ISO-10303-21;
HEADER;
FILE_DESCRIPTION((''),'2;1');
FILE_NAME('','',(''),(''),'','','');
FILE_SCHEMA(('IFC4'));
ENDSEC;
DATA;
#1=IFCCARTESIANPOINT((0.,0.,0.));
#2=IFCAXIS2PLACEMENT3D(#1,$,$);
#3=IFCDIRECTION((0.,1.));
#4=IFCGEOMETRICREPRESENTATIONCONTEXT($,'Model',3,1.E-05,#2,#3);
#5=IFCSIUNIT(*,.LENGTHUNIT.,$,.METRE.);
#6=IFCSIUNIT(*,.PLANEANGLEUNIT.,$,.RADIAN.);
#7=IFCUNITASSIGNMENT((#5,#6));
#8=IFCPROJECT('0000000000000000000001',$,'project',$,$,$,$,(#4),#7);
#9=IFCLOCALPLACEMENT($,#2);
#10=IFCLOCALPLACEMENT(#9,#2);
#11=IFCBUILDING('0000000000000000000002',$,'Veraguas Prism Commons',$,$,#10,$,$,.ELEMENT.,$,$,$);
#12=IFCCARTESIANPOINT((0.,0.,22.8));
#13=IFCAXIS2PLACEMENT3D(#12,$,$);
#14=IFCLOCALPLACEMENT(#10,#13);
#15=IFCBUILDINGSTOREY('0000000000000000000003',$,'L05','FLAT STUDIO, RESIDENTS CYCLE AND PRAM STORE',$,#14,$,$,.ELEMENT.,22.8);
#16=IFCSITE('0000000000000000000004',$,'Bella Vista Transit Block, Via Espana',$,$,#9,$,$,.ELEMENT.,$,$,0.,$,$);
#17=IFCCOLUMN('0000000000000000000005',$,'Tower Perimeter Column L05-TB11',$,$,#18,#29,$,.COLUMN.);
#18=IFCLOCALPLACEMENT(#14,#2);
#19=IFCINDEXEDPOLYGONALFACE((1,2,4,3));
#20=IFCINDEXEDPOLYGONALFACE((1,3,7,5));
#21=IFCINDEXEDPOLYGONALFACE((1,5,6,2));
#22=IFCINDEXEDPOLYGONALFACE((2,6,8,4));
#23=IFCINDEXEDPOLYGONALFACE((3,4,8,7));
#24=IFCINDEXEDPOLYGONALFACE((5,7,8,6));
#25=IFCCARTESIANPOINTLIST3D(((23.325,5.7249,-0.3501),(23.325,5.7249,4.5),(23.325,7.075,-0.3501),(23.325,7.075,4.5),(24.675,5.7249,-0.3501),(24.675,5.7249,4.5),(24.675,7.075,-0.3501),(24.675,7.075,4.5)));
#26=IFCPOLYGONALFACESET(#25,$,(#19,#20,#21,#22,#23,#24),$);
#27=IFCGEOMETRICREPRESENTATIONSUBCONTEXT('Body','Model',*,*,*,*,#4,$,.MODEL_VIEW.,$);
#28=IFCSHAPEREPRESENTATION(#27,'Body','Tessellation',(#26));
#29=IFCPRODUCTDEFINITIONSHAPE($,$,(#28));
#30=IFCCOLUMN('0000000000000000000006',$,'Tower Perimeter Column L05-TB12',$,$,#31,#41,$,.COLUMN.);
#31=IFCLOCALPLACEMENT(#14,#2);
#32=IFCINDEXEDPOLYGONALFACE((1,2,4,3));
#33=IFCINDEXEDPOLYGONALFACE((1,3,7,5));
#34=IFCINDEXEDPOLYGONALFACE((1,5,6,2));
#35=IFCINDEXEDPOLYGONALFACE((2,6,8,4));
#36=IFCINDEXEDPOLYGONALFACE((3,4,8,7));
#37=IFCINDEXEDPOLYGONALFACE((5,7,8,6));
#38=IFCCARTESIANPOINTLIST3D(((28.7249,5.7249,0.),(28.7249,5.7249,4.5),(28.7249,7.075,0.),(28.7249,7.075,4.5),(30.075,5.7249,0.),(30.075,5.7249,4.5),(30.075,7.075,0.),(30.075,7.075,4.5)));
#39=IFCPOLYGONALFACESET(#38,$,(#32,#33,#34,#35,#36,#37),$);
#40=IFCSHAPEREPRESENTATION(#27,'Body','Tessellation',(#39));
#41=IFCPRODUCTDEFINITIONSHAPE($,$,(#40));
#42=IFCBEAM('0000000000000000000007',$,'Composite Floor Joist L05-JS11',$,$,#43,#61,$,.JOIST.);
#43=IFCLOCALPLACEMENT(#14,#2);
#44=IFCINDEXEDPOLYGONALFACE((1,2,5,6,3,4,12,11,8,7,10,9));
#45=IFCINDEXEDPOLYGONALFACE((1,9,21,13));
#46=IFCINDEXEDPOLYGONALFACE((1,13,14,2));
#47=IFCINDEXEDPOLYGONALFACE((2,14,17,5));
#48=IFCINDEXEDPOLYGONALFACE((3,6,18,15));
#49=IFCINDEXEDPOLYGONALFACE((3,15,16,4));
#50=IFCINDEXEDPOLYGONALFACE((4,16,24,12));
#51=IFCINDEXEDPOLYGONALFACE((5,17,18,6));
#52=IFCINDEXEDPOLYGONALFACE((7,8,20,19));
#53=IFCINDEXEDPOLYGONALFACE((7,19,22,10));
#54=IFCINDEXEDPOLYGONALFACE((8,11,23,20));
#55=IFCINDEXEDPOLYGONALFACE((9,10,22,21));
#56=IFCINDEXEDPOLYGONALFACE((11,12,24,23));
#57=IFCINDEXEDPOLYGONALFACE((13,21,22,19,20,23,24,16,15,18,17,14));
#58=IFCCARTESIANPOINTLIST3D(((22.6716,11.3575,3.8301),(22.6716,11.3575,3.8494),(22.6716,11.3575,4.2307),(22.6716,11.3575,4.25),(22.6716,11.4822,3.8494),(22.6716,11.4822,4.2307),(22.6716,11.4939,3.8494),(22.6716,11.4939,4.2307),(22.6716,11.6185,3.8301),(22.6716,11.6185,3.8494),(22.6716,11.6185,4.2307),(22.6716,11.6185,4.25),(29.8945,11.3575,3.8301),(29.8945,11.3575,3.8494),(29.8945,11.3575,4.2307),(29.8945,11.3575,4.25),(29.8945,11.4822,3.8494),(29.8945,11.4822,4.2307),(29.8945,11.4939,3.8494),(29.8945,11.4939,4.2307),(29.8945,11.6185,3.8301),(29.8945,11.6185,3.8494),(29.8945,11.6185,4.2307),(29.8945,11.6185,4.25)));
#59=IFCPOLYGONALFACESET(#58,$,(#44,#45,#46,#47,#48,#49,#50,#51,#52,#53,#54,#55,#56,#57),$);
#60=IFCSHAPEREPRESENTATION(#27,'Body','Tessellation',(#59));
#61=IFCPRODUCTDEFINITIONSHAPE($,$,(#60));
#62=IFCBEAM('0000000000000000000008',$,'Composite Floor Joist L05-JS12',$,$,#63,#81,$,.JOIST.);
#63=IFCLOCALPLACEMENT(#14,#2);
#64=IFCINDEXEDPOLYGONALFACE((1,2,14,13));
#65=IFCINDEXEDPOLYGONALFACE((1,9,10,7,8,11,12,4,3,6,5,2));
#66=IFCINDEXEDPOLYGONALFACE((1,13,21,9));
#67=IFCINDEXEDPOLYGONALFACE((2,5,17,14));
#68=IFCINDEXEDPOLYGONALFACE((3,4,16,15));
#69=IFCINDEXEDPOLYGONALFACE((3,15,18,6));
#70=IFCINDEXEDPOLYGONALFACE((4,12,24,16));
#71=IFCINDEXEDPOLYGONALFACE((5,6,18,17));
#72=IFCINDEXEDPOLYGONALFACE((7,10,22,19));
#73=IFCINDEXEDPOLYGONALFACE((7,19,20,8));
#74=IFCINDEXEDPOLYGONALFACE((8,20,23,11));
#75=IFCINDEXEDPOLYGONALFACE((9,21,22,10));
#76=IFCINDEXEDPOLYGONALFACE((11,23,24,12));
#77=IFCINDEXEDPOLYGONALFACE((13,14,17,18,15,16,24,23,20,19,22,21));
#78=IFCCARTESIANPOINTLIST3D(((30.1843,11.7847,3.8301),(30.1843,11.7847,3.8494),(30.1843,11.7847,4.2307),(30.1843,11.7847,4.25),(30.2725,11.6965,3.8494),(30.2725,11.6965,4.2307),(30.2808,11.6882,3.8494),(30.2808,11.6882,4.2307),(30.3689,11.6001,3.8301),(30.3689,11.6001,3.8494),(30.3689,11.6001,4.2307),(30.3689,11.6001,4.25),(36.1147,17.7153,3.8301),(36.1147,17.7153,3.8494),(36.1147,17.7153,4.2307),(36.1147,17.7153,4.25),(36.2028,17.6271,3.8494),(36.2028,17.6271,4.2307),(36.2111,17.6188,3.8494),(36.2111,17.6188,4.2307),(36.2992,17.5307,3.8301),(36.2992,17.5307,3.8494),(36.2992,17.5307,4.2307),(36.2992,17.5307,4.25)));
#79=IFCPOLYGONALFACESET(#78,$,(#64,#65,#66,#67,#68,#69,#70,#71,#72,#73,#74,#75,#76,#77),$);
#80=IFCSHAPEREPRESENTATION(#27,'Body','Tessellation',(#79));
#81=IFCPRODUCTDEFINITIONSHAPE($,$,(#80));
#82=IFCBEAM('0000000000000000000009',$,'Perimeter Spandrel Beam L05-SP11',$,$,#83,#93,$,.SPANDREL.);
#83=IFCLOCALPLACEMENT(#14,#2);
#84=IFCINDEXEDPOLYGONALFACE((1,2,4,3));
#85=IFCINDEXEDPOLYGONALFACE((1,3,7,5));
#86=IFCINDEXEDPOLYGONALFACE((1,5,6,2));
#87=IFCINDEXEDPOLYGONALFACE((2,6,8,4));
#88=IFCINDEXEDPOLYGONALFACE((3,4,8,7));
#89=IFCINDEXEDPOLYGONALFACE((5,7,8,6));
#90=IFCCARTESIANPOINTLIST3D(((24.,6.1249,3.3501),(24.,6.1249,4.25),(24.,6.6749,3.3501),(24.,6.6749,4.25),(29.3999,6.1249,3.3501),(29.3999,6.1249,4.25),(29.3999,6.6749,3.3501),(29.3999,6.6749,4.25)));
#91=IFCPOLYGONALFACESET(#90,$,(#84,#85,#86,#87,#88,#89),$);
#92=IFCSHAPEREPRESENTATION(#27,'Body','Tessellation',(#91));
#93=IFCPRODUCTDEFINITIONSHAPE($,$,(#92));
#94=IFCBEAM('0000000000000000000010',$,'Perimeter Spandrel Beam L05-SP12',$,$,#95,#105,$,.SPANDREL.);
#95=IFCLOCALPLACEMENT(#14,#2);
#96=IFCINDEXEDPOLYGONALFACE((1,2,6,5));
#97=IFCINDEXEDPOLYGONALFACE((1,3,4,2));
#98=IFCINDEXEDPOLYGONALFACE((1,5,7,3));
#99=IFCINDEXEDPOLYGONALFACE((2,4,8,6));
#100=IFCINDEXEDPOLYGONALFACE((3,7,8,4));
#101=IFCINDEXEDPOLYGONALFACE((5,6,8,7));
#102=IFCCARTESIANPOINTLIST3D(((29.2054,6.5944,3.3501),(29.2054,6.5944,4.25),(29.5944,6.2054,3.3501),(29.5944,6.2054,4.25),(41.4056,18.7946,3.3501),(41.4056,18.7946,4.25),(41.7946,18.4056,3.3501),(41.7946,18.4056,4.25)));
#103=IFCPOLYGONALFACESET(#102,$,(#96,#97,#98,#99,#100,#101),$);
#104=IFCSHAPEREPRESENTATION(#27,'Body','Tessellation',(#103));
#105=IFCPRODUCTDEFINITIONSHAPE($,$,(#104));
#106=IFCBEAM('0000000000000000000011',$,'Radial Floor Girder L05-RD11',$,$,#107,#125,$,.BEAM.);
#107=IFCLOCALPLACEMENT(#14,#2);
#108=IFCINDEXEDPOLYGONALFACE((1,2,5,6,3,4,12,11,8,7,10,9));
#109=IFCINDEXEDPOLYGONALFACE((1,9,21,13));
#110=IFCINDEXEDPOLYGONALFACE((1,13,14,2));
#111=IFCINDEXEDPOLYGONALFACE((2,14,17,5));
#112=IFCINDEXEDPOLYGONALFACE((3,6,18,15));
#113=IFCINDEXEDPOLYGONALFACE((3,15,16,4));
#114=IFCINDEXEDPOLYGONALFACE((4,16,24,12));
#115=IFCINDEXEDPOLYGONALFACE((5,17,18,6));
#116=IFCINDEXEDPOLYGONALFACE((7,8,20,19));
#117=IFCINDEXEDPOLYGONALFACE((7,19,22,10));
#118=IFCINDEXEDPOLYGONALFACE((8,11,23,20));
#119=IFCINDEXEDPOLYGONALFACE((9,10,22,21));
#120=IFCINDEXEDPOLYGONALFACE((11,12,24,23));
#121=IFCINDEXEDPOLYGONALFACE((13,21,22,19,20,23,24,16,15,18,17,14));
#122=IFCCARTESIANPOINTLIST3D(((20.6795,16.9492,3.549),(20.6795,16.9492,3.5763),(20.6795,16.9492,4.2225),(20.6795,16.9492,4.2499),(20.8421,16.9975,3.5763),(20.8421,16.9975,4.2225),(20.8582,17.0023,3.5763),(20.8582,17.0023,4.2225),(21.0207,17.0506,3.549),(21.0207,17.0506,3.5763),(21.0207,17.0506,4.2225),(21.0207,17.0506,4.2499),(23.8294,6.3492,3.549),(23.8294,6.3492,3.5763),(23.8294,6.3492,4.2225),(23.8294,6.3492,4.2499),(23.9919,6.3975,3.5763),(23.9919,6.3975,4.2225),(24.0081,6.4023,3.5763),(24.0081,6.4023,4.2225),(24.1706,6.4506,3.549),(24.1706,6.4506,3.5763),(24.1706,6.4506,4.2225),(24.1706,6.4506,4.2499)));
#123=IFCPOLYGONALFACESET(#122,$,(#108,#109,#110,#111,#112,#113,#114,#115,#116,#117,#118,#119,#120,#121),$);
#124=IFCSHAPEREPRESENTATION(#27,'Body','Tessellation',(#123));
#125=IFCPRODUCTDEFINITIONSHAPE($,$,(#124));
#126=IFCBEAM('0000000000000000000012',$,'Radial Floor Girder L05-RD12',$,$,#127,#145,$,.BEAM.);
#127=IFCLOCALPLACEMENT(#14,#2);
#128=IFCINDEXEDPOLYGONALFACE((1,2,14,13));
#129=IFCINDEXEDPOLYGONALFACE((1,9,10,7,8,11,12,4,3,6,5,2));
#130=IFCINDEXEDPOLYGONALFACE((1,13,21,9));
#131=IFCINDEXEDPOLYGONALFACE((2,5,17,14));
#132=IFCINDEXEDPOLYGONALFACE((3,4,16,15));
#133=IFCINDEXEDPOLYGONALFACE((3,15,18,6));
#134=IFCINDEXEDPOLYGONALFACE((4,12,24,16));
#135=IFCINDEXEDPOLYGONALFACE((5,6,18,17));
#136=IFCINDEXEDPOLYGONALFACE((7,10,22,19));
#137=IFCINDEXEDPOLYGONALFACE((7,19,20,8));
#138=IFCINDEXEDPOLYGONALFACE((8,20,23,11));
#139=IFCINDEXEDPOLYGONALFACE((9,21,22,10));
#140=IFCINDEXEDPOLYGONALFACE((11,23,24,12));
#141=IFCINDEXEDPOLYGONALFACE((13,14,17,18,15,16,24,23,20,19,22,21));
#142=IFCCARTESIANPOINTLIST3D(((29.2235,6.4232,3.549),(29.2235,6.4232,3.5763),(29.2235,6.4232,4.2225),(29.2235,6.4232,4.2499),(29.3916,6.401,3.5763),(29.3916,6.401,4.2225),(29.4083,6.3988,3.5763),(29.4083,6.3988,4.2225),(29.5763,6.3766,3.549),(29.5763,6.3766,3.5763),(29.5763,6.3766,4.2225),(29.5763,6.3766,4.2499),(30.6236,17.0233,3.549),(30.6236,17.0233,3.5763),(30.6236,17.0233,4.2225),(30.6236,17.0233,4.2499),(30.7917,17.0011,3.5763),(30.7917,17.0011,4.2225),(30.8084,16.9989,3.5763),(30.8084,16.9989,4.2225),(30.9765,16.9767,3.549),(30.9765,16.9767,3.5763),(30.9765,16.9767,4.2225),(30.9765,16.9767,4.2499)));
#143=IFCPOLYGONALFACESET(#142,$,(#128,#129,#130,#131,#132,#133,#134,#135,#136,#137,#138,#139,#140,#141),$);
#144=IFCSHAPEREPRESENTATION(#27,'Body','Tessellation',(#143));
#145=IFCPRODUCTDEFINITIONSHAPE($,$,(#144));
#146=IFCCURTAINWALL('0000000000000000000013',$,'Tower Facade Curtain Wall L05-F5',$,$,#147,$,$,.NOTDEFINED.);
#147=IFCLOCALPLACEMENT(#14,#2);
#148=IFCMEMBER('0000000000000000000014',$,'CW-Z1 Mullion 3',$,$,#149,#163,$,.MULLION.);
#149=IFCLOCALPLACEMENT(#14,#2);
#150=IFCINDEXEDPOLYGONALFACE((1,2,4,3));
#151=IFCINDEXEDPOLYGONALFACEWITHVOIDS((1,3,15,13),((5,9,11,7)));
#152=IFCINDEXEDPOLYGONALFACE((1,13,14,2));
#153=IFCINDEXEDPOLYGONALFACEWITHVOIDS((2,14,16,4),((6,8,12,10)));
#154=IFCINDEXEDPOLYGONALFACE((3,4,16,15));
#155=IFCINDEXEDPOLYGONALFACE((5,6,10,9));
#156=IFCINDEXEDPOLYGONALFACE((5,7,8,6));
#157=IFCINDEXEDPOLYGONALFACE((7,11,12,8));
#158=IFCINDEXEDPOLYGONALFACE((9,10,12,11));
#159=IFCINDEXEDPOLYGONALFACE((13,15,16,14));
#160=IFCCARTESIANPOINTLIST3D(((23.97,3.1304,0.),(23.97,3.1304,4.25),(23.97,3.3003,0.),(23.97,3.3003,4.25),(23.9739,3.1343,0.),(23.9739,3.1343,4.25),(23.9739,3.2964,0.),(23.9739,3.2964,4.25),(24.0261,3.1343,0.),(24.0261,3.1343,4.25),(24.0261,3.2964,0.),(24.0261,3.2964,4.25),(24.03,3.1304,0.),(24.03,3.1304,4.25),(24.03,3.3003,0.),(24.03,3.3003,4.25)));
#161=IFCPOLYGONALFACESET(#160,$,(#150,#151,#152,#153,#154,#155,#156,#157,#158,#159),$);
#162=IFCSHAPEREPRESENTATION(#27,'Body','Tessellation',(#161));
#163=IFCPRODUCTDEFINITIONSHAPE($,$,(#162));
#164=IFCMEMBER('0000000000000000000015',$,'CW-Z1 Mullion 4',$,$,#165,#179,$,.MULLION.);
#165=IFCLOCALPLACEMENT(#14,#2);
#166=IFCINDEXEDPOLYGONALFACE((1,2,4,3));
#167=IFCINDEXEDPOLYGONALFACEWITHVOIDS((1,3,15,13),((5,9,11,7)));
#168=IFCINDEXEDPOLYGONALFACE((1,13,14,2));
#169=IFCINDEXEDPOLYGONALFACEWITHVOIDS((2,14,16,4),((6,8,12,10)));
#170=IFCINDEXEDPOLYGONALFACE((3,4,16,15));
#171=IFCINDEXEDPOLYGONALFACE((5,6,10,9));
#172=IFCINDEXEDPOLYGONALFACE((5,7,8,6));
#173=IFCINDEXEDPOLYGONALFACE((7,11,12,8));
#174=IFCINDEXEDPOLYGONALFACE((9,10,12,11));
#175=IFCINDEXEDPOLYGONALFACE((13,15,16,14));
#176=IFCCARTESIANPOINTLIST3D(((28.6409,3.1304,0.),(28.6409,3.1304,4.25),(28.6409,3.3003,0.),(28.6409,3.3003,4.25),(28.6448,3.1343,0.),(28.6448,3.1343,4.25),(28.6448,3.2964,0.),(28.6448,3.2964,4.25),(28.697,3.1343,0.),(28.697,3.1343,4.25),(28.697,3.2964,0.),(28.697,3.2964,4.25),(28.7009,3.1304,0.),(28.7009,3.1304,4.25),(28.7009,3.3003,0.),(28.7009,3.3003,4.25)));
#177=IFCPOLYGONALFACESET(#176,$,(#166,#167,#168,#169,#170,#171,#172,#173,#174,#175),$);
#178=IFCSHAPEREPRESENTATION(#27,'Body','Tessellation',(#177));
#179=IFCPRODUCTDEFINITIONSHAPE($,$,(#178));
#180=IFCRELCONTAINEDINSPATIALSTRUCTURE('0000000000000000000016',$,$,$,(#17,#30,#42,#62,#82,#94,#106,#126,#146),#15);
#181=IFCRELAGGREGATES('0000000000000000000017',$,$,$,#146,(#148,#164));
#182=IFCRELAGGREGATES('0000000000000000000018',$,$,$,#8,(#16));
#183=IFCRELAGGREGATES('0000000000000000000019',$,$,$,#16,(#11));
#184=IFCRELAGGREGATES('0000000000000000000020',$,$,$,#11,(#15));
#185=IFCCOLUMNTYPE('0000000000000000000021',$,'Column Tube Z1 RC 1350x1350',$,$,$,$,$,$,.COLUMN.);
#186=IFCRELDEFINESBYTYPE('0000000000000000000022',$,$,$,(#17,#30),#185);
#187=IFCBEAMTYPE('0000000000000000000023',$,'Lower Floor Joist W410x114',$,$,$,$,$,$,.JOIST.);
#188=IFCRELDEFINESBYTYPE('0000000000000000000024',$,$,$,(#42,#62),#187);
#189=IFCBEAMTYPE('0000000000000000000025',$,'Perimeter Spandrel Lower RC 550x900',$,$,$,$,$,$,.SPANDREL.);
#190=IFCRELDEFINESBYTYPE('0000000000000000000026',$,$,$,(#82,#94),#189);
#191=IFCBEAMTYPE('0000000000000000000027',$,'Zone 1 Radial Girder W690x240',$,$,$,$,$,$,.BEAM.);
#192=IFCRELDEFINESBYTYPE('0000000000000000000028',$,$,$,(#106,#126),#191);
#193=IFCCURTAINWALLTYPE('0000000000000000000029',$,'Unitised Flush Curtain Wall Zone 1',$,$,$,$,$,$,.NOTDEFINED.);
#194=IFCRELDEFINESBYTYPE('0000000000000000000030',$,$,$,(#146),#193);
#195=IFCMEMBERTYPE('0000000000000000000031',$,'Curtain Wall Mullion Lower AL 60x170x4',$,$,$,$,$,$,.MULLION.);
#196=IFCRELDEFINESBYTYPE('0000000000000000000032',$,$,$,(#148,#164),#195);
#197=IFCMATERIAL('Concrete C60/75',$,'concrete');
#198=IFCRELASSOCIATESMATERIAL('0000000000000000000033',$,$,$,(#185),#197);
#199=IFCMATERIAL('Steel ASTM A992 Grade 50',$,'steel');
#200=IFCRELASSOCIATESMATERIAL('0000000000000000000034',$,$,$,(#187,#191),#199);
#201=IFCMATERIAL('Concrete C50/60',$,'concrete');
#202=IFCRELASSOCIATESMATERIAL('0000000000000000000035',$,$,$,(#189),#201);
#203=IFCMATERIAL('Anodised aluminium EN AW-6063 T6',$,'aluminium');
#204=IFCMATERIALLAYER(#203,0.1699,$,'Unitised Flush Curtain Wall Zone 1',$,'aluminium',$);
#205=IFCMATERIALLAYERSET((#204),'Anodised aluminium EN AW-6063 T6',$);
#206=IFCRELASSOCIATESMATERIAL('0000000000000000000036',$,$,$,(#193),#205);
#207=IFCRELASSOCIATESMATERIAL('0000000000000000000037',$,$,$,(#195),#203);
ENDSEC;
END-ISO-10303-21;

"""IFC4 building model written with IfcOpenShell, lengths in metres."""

from ifc_helpers import new_model, si_unit, direction, frame, origin, origin_2d, place, context, subcontext, project, spatial, rectangle, hollow_rectangle, i_section, extrude, source, transform, mapped, material, layer, layer_set, material_profile, profile_set, type_object, element, aggregate, save


model = new_model("IFC4")

# Units and contexts
model_context = context("Model", 3, precision=1e-05, world=origin(), true_north=direction((0.0, 1.0)))
body_context = subcontext(model_context, "Body", "Model", "MODEL_VIEW")
ifc_project = project(units=[si_unit("LENGTHUNIT", "METRE"), si_unit("PLANEANGLEUNIT", "RADIAN")], contexts=[model_context])

# Site, building, storey
site_placement = place(None, origin())
site = spatial("IfcSite", under=ifc_project, at=site_placement, Name="Bella Vista Transit Block, Via Espana", CompositionType="ELEMENT", RefElevation=0.0)
building_placement = place(site_placement, origin())
building = spatial("IfcBuilding", under=site, at=building_placement, Name="Veraguas Prism Commons", CompositionType="ELEMENT")
storey_placement = place(building_placement, frame((0.0, 0.0, 22.8)))
storey = spatial("IfcBuildingStorey", under=building, at=storey_placement, Name="L05", Description="FLAT STUDIO, RESIDENTS CYCLE AND PRAM STORE", CompositionType="ELEMENT", Elevation=22.8)

# Columns
ifc_material_1 = material(Name="Concrete C60/75", Category="concrete")
ifc_material_profile_1 = material_profile(ifc_material_1, rectangle(XDim=1.3501, YDim=1.3501, at=origin_2d()), Name="RC1350X1350")
ifc_profile_set_1 = profile_set([ifc_material_profile_1], Name="Concrete C60/75")
column_type = type_object("IfcColumnType", Name="Column Tube Z1 RC 1350x1350", PredefinedType="COLUMN", material=ifc_profile_set_1)
column_1_placement = place(storey_placement, frame((24.0, 6.3999, -0.3501), z_axis=(0.0, 0.0, 1.0), x_axis=(1.0, 0.0, 0.0)))
element("IfcColumn", 1, at=column_1_placement, inside=storey, type_object=column_type, Name="Tower Perimeter Column L05-TB11", PredefinedType="COLUMN", context=body_context, shape_type="SweptSolid", body=[
    extrude(rectangle(XDim=1.3501, YDim=1.3501, at=origin_2d()), origin(), (0.0, 0.0, 1.0), 4.8501),
])
column_2_placement = place(storey_placement, frame((29.3999, 6.3999, 0.0), z_axis=(0.0, 0.0, 1.0), x_axis=(1.0, 0.0, 0.0)))
element("IfcColumn", 2, at=column_2_placement, inside=storey, type_object=column_type, Name="Tower Perimeter Column L05-TB12", PredefinedType="COLUMN", context=body_context, shape_type="SweptSolid", body=[
    extrude(rectangle(XDim=1.3501, YDim=1.3501, at=origin_2d()), origin(), (0.0, 0.0, 1.0), 4.5),
])

# Beams
ifc_material_2 = material(Name="Steel ASTM A992 Grade 50", Category="steel")
ifc_material_profile_2 = material_profile(ifc_material_2, i_section(OverallWidth=0.261, OverallDepth=0.4199, WebThickness=0.0117, FlangeThickness=0.0193, at=origin_2d()), Name="W410X114")
ifc_profile_set_2 = profile_set([ifc_material_profile_2], Name="Steel ASTM A992 Grade 50")
beam_type_1 = type_object("IfcBeamType", Name="Lower Floor Joist W410x114", PredefinedType="JOIST", material=ifc_profile_set_2)
beam_1_placement = place(storey_placement, frame((22.6716, 11.488, 4.04), z_axis=(1.0, 0.0, 0.0), x_axis=(0.0, 1.0, 0.0)))
element("IfcBeam", 3, at=beam_1_placement, inside=storey, type_object=beam_type_1, Name="Composite Floor Joist L05-JS11", PredefinedType="JOIST", context=body_context, shape_type="SweptSolid", body=[
    extrude(i_section(OverallWidth=0.261, OverallDepth=0.4199, WebThickness=0.0117, FlangeThickness=0.0193, at=origin_2d()), origin(), (0.0, 0.0, 1.0), 7.2229),
])
beam_2_placement = place(storey_placement, frame((30.2766, 11.6924, 4.04), z_axis=(0.707092, 0.707121, 0.0), x_axis=(-0.707121, 0.707092, 0.0)))
element("IfcBeam", 4, at=beam_2_placement, inside=storey, type_object=beam_type_1, Name="Composite Floor Joist L05-JS12", PredefinedType="JOIST", context=body_context, shape_type="SweptSolid", body=[
    extrude(i_section(OverallWidth=0.261, OverallDepth=0.4199, WebThickness=0.0117, FlangeThickness=0.0193, at=origin_2d()), origin(), (0.0, 0.0, 1.0), 8.387),
])
ifc_material_3 = material(Name="Concrete C50/60", Category="concrete")
ifc_material_profile_3 = material_profile(ifc_material_3, rectangle(XDim=0.55, YDim=0.8999, at=origin_2d()), Name="RC550X900")
ifc_profile_set_3 = profile_set([ifc_material_profile_3], Name="Concrete C50/60")
beam_type_2 = type_object("IfcBeamType", Name="Perimeter Spandrel Lower RC 550x900", PredefinedType="SPANDREL", material=ifc_profile_set_3)
beam_3_placement = place(storey_placement, frame((24.0, 6.3999, 3.8), z_axis=(1.0, 0.0, 0.0), x_axis=(0.0, 1.0, 0.0)))
element("IfcBeam", 5, at=beam_3_placement, inside=storey, type_object=beam_type_2, Name="Perimeter Spandrel Beam L05-SP11", PredefinedType="SPANDREL", context=body_context, shape_type="SweptSolid", body=[
    extrude(rectangle(XDim=0.55, YDim=0.8999, at=origin_2d()), origin(), (0.0, 0.0, 1.0), 5.3999),
])
beam_4_placement = place(storey_placement, frame((29.3999, 6.3999, 3.8), z_axis=(0.707107, 0.707107, 0.0), x_axis=(-0.707107, 0.707107, 0.0)))
element("IfcBeam", 6, at=beam_4_placement, inside=storey, type_object=beam_type_2, Name="Perimeter Spandrel Beam L05-SP12", PredefinedType="SPANDREL", context=body_context, shape_type="SweptSolid", body=[
    extrude(rectangle(XDim=0.55, YDim=0.8999, at=origin_2d()), origin(), (0.0, 0.0, 1.0), 17.2537),
])
ifc_material_profile_4 = material_profile(ifc_material_2, i_section(OverallWidth=0.356, OverallDepth=0.7009, WebThickness=0.0168, FlangeThickness=0.0273, at=origin_2d()), Name="W690X240")
ifc_profile_set_4 = profile_set([ifc_material_profile_4], Name="Steel ASTM A992 Grade 50")
beam_type_3 = type_object("IfcBeamType", Name="Zone 1 Radial Girder W690x240", PredefinedType="BEAM", material=ifc_profile_set_4)
beam_5_placement = place(storey_placement, frame((24.0, 6.3999, 3.8994), z_axis=(-0.284847, 0.958573, 0.0), x_axis=(-0.958573, -0.284847, 0.0)))
element("IfcBeam", 7, at=beam_5_placement, inside=storey, type_object=beam_type_3, Name="Radial Floor Girder L05-RD11", PredefinedType="BEAM", context=body_context, shape_type="SweptSolid", body=[
    extrude(i_section(OverallWidth=0.356, OverallDepth=0.7009, WebThickness=0.0168, FlangeThickness=0.0273, at=origin_2d()), origin(), (0.0, 0.0, 1.0), 11.0581),
])
beam_6_placement = place(storey_placement, frame((29.3999, 6.3999, 3.8994), z_axis=(0.130951, 0.991389, 0.0), x_axis=(-0.991389, 0.130951, 0.0)))
element("IfcBeam", 8, at=beam_6_placement, inside=storey, type_object=beam_type_3, Name="Radial Floor Girder L05-RD12", PredefinedType="BEAM", context=body_context, shape_type="SweptSolid", body=[
    extrude(i_section(OverallWidth=0.356, OverallDepth=0.7009, WebThickness=0.0168, FlangeThickness=0.0273, at=origin_2d()), origin(), (0.0, 0.0, 1.0), 10.6921),
])

# Curtain wall, members
ifc_material_4 = material(Name="Anodised aluminium EN AW-6063 T6", Category="aluminium")
ifc_layer_1 = layer(ifc_material_4, 0.1699, Name="Unitised Flush Curtain Wall Zone 1", Category="aluminium")
ifc_layer_set_1 = layer_set([ifc_layer_1], Name="Anodised aluminium EN AW-6063 T6")
curtain_wall_type = type_object("IfcCurtainWallType", Name="Unitised Flush Curtain Wall Zone 1", PredefinedType="NOTDEFINED", material=ifc_layer_set_1)
curtain_wall_placement = place(storey_placement, origin())
curtain_wall = element("IfcCurtainWall", 9, at=curtain_wall_placement, inside=storey, type_object=curtain_wall_type, Name="Tower Facade Curtain Wall L05-F5", PredefinedType="NOTDEFINED")
ifc_material_profile_5 = material_profile(ifc_material_4, hollow_rectangle(XDim=0.0601, YDim=0.1699, WallThickness=0.0039, at=origin_2d()), Name="AL60X170X4")
ifc_profile_set_5 = profile_set([ifc_material_profile_5], Name="Anodised aluminium EN AW-6063 T6")
member_type = type_object("IfcMemberType", Name="Curtain Wall Mullion Lower AL 60x170x4", PredefinedType="MULLION", material=ifc_profile_set_5)
shared_shape_1 = source(origin(), body_context, "Body", "SweptSolid", [
    extrude(hollow_rectangle(XDim=0.0601, YDim=0.1699, WallThickness=0.0039, at=origin_2d()), origin(), (0.0, 0.0, 1.0), 4.25),
])
member_1_placement = place(storey_placement, frame((24.0, 3.2153, 0.0), z_axis=(0.0, 0.0, 1.0), x_axis=(1.0, 0.0, 0.0)))
member_1 = element("IfcMember", 10, at=member_1_placement, type_object=member_type, Name="CW-Z1 Mullion 3", PredefinedType="MULLION", context=body_context, shape_type="MappedRepresentation", body=[
    mapped(shared_shape_1, transform((0.0, 0.0, 0.0), scale=1.0)),
])
member_2_placement = place(storey_placement, frame((28.6709, 3.2153, 0.0), z_axis=(0.0, 0.0, 1.0), x_axis=(1.0, 0.0, 0.0)))
member_2 = element("IfcMember", 11, at=member_2_placement, type_object=member_type, Name="CW-Z1 Mullion 4", PredefinedType="MULLION", context=body_context, shape_type="MappedRepresentation", body=[
    mapped(shared_shape_1, transform((0.0, 0.0, 0.0), scale=1.0)),
])
aggregate(curtain_wall, [member_1, member_2])

save(model, "model.ifc")
